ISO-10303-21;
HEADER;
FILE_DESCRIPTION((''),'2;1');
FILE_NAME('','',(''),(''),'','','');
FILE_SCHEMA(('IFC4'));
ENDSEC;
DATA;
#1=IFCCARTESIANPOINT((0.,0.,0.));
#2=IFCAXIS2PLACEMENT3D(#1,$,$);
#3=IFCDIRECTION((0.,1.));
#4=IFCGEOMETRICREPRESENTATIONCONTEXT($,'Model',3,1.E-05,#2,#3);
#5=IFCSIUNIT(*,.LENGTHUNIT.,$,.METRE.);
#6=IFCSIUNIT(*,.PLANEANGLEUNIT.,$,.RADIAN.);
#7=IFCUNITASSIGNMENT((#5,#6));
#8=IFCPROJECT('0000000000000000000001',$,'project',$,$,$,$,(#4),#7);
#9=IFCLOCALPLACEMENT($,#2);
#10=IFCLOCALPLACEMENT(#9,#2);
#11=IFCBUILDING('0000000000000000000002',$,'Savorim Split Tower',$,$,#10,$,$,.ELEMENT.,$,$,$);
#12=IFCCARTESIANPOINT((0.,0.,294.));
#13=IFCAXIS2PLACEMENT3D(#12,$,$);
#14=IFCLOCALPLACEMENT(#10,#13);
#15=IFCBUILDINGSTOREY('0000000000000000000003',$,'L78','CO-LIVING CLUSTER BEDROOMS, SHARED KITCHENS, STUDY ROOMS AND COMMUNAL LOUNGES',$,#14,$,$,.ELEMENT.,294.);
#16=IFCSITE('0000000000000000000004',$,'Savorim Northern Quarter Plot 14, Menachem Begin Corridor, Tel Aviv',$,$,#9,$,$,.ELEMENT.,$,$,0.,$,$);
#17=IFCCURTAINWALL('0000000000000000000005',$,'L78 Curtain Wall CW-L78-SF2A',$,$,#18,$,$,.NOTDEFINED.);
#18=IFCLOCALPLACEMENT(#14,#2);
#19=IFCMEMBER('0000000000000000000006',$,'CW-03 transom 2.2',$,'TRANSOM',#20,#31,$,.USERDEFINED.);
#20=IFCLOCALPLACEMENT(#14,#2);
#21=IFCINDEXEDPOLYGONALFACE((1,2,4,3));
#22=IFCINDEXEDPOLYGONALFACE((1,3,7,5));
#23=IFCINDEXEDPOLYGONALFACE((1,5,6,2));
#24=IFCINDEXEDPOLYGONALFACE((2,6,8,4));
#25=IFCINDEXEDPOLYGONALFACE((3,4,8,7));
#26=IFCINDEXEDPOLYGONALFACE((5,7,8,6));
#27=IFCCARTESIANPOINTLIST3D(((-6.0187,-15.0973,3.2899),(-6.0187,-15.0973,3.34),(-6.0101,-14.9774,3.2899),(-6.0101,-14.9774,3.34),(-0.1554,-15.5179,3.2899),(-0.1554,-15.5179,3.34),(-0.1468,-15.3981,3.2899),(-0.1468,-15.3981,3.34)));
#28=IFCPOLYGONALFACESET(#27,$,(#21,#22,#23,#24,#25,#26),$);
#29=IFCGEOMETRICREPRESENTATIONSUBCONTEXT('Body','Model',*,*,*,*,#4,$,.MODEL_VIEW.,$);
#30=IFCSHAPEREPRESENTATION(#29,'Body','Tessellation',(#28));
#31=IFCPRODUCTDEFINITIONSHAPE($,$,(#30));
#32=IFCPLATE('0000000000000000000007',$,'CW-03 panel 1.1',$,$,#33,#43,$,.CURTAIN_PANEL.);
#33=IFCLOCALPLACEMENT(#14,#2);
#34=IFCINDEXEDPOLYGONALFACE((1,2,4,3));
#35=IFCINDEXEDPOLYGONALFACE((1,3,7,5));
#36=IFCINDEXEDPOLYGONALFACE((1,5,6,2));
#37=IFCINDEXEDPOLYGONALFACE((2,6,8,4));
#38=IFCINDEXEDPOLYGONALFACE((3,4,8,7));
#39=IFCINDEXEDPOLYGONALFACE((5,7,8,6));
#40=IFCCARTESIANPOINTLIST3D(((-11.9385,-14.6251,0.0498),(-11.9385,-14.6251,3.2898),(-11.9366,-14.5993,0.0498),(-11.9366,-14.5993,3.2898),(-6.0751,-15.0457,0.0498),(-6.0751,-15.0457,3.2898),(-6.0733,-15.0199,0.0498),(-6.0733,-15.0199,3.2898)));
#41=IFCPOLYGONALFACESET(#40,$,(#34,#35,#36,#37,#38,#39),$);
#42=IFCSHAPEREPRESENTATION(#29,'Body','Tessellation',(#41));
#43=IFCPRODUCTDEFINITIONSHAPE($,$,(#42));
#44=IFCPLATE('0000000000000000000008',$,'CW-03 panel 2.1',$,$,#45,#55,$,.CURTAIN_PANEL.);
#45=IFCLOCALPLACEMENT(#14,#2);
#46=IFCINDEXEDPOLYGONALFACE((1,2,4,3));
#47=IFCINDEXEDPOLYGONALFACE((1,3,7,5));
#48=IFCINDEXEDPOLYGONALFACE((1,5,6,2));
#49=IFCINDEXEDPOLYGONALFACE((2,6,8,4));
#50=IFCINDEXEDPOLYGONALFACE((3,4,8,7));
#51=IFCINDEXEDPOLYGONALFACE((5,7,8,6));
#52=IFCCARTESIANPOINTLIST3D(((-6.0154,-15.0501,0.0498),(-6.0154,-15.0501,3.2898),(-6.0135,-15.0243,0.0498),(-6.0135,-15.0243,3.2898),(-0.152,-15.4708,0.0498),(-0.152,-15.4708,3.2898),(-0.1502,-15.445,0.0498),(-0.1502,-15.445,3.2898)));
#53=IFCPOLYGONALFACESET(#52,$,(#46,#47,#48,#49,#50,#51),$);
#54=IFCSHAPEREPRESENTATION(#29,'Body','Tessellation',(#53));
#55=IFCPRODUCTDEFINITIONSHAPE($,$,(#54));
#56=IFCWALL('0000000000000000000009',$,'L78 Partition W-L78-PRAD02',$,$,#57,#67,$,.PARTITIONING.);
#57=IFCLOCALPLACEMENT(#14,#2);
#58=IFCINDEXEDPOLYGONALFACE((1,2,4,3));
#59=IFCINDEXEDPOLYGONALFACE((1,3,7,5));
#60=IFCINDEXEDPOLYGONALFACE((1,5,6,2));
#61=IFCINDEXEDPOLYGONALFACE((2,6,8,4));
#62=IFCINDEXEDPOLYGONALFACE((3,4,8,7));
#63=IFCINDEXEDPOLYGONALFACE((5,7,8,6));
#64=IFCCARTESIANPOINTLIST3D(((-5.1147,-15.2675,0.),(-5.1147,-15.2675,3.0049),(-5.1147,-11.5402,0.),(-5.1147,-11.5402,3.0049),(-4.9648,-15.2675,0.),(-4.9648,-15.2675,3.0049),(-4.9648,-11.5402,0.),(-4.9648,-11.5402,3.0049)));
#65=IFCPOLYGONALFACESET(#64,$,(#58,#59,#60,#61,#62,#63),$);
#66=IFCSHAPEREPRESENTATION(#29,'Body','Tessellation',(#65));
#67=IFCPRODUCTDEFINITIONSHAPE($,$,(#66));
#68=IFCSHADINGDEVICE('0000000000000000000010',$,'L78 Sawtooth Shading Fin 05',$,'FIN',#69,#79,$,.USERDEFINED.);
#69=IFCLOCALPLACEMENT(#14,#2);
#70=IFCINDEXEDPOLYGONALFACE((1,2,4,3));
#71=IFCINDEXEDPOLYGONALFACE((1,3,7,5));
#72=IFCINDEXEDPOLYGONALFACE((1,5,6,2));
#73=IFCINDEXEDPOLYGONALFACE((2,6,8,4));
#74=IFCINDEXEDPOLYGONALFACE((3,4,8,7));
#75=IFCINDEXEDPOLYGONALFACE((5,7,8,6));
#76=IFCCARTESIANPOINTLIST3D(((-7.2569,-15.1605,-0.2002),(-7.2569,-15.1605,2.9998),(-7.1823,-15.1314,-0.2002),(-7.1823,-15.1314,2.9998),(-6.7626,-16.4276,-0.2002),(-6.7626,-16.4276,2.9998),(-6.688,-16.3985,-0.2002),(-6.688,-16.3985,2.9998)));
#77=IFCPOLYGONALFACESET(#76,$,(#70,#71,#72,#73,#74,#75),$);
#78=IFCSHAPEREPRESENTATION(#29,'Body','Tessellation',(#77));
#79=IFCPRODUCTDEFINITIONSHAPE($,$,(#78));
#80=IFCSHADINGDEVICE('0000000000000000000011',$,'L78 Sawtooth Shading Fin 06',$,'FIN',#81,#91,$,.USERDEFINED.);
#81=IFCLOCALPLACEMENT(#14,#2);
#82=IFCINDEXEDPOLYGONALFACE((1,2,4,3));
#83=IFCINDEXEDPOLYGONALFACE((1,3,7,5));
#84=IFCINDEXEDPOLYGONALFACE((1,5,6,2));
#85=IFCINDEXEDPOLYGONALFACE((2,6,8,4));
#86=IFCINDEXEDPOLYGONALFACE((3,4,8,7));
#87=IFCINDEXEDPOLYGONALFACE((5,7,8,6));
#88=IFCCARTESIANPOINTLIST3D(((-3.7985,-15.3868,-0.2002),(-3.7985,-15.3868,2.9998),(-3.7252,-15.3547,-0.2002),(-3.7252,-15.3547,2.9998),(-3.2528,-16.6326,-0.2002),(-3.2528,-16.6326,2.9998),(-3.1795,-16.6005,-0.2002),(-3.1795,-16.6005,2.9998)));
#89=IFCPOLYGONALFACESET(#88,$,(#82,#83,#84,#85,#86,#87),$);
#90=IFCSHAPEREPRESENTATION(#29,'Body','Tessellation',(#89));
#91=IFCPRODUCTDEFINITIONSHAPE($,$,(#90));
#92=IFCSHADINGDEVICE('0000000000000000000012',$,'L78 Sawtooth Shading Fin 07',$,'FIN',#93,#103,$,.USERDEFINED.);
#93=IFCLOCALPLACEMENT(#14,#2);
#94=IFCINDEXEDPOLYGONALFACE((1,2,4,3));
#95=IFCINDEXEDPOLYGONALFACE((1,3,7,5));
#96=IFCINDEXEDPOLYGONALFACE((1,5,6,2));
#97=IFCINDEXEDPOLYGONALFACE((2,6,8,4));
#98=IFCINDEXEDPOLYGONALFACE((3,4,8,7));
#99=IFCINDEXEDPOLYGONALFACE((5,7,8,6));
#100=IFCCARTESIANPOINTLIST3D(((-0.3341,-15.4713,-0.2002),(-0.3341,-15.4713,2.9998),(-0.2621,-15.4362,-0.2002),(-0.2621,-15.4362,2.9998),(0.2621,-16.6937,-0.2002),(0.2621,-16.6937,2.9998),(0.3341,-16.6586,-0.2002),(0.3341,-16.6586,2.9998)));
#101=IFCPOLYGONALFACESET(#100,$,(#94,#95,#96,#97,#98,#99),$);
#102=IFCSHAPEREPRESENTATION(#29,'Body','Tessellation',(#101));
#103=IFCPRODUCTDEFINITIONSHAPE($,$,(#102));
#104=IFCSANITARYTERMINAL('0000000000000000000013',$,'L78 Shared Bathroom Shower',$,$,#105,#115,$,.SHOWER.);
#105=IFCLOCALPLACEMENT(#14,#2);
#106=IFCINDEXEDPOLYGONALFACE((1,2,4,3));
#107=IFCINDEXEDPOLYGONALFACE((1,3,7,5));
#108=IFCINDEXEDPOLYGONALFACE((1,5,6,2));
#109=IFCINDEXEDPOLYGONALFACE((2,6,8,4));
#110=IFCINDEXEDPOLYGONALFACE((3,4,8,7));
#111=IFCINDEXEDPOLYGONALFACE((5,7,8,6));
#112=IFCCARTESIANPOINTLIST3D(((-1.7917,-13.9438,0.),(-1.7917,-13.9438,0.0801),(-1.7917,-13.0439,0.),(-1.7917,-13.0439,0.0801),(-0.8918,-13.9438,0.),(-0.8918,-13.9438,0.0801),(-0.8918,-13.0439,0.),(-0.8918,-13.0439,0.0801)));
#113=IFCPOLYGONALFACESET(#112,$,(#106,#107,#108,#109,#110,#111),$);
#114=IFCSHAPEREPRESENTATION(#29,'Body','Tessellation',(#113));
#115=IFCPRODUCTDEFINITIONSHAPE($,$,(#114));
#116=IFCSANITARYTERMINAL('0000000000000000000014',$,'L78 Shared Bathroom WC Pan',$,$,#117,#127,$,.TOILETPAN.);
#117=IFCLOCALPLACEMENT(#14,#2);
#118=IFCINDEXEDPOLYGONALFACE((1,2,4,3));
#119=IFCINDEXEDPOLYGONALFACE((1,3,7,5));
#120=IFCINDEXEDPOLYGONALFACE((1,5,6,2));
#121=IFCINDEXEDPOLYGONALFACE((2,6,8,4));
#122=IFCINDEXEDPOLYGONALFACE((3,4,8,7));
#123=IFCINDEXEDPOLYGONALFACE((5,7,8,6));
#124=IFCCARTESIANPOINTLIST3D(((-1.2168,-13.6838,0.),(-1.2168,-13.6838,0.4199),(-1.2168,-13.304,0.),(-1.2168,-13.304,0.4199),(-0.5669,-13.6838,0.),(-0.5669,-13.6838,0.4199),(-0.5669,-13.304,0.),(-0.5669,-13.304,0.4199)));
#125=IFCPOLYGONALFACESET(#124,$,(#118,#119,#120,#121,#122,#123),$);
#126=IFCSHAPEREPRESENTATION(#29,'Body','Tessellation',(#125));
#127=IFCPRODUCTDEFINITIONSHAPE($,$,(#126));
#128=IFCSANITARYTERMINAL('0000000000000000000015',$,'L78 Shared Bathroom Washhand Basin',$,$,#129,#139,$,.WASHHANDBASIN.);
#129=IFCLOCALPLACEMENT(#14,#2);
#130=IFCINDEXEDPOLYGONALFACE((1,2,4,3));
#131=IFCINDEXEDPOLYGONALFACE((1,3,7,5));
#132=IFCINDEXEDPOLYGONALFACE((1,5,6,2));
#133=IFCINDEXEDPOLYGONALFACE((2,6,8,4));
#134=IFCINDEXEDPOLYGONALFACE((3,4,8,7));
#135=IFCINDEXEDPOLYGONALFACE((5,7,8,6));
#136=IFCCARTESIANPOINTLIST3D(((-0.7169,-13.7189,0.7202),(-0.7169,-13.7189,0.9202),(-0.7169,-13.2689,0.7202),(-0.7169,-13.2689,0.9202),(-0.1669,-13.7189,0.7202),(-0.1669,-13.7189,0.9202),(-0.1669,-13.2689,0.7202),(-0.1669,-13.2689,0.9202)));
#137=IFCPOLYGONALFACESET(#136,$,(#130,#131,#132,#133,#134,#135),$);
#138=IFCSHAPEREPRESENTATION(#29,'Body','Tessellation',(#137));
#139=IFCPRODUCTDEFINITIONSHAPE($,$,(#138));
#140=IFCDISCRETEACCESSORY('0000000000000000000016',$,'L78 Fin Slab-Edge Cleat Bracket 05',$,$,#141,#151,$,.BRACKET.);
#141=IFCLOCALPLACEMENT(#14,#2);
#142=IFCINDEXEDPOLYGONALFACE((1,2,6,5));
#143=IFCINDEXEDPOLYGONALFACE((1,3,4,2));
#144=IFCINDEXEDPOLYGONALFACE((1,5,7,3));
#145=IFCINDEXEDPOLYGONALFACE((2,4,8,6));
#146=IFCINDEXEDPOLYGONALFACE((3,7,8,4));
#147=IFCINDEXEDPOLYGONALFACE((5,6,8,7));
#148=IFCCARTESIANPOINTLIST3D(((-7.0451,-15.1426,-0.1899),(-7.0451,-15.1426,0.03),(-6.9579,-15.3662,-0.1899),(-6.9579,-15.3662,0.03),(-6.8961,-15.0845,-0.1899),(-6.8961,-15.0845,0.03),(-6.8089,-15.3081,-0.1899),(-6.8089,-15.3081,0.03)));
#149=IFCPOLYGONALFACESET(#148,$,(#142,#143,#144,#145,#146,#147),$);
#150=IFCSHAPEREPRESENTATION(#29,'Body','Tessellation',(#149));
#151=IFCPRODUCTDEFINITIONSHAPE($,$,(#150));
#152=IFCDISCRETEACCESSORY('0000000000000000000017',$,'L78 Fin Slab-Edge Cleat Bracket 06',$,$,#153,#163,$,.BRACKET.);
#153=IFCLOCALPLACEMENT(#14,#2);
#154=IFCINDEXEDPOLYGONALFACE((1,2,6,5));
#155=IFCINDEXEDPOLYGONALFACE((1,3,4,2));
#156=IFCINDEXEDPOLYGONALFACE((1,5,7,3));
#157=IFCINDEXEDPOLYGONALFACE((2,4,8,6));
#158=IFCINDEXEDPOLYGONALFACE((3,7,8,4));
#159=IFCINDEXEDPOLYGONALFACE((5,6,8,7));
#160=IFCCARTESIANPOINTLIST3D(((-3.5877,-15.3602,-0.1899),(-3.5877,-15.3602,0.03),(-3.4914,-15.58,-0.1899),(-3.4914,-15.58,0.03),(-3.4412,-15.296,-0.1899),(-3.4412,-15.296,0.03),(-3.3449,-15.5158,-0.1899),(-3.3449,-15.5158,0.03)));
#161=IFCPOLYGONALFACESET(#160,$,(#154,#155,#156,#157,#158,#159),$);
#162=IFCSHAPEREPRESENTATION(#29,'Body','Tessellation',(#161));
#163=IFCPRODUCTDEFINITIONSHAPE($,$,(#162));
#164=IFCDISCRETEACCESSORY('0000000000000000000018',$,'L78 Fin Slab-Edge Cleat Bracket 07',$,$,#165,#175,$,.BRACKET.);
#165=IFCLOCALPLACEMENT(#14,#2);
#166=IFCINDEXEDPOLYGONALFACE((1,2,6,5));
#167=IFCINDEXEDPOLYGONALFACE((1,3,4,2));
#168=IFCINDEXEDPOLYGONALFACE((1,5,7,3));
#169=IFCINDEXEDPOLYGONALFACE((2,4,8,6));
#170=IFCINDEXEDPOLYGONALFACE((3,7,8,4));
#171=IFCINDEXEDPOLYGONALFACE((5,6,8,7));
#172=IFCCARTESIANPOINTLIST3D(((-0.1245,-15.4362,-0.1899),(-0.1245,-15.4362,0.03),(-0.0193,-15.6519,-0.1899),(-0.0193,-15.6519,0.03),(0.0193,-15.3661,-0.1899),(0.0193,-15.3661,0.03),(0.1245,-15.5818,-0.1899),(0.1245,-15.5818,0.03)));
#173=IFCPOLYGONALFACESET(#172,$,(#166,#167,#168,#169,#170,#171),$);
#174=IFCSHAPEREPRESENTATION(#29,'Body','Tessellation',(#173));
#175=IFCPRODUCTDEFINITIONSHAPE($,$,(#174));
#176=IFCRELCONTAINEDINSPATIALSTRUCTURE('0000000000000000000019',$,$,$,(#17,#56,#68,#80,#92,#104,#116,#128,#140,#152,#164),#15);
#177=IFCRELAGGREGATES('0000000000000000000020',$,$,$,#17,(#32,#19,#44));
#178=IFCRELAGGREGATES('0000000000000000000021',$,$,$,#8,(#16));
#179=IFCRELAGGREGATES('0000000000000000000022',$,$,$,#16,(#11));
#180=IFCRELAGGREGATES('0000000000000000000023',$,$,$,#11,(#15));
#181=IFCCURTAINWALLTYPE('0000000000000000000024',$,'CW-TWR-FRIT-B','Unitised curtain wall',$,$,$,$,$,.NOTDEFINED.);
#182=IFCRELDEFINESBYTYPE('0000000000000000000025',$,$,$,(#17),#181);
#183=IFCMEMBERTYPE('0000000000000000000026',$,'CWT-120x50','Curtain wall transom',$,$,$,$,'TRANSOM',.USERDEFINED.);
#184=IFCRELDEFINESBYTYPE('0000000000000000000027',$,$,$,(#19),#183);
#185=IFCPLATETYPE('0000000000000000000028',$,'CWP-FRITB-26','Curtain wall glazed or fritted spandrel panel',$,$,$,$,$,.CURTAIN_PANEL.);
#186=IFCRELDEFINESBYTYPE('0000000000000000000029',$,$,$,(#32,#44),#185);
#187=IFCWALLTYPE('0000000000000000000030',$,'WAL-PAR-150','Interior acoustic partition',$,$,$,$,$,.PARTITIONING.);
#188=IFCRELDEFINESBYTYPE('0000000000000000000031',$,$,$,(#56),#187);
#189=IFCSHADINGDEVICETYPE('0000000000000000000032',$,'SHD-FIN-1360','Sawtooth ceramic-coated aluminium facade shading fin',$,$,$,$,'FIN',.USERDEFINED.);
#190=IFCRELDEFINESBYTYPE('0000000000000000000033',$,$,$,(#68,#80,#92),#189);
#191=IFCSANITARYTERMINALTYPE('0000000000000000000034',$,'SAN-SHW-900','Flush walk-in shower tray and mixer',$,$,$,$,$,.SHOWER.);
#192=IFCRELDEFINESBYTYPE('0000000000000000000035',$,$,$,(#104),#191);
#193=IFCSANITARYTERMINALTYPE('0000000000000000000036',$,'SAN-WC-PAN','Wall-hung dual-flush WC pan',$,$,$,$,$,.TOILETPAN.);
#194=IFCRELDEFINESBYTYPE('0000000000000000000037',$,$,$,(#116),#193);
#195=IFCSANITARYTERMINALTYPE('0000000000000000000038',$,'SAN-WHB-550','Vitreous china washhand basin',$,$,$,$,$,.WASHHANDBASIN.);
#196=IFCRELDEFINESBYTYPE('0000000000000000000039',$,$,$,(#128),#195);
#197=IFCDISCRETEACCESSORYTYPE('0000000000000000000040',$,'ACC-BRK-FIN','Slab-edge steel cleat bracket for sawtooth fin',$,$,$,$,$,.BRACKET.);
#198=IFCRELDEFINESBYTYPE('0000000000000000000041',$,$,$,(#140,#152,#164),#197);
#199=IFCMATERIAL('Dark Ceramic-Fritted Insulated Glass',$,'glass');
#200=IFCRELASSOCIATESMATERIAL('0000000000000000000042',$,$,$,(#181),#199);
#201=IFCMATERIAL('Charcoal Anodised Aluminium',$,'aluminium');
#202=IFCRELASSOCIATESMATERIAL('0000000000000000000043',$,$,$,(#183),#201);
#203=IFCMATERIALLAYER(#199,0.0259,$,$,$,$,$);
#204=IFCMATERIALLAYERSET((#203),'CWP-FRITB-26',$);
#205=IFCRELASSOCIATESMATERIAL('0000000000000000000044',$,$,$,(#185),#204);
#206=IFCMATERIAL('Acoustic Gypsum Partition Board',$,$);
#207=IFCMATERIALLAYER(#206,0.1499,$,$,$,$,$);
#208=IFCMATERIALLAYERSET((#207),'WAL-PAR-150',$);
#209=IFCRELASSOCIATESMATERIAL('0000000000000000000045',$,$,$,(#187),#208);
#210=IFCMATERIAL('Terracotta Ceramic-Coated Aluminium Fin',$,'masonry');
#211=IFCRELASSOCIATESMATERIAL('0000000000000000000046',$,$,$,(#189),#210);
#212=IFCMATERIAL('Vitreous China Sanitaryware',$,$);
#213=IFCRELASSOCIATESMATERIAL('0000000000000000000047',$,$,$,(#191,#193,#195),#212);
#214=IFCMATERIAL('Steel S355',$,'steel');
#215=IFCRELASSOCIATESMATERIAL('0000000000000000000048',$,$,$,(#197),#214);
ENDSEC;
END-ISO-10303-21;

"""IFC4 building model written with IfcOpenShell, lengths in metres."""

from ifc_helpers import new_model, si_unit, direction, frame, frame_2d, origin, origin_2d, place, context, subcontext, project, spatial, rectangle, extrude, material, layer, layer_set, material_profile, profile_set, type_object, element, aggregate, save


model = new_model("IFC4")

# Units and contexts
model_context = context("Model", 3, precision=1e-05, world=origin(), true_north=direction((0.0, 1.0)))
body_context = subcontext(model_context, "Body", "Model", "MODEL_VIEW")
ifc_project = project(units=[si_unit("LENGTHUNIT", "METRE"), si_unit("PLANEANGLEUNIT", "RADIAN")], contexts=[model_context])

# Site, building, storey
site_placement = place(None, origin())
site = spatial("IfcSite", under=ifc_project, at=site_placement, Name="Savorim Northern Quarter Plot 14, Menachem Begin Corridor, Tel Aviv", CompositionType="ELEMENT", RefElevation=0.0)
building_placement = place(site_placement, origin())
building = spatial("IfcBuilding", under=site, at=building_placement, Name="Savorim Split Tower", CompositionType="ELEMENT")
storey_placement = place(building_placement, frame((0.0, 0.0, 294.0)))
storey = spatial("IfcBuildingStorey", under=building, at=storey_placement, Name="L78", Description="CO-LIVING CLUSTER BEDROOMS, SHARED KITCHENS, STUDY ROOMS AND COMMUNAL LOUNGES", CompositionType="ELEMENT", Elevation=294.0)

# Shared definitions
ifc_material_1 = material(Name="Steel S355", Category="steel")

# Curtain wall, member, plates
ifc_material_2 = material(Name="Dark Ceramic-Fritted Insulated Glass", Category="glass")
curtain_wall_type = type_object("IfcCurtainWallType", Name="CW-TWR-FRIT-B", Description="Unitised curtain wall", PredefinedType="NOTDEFINED", material=ifc_material_2)
curtain_wall_placement = place(storey_placement, origin())
curtain_wall = element("IfcCurtainWall", 1, at=curtain_wall_placement, inside=storey, type_object=curtain_wall_type, Name="L78 Curtain Wall CW-L78-SF2A", PredefinedType="NOTDEFINED")
ifc_material_3 = material(Name="Charcoal Anodised Aluminium", Category="aluminium")
ifc_material_profile_1 = material_profile(ifc_material_3, rectangle(XDim=0.1201, YDim=0.05, at=origin_2d()), Name="ALU-T 120x50")
ifc_profile_set_1 = profile_set([ifc_material_profile_1], Name="Charcoal Anodised Aluminium")
member_type_1 = type_object("IfcMemberType", Name="CWT-120x50", Description="Curtain wall transom", ElementType="TRANSOM", PredefinedType="USERDEFINED", material=ifc_profile_set_1)
member_1_placement = place(storey_placement, frame((-6.0144, -15.0374, 3.3149), z_axis=(0.997436, -0.07156, 0.0), x_axis=(0.07156, 0.997436, 0.0)))
member_1 = element("IfcMember", 2, at=member_1_placement, type_object=member_type_1, Name="CW-03 transom 2.2", ObjectType="TRANSOM", PredefinedType="USERDEFINED", context=body_context, shape_type="SweptSolid", body=[
    extrude(rectangle(XDim=0.1201, YDim=0.05, at=origin_2d()), origin(), (0.0, 0.0, 1.0), 5.8784),
])
ifc_layer_1 = layer(ifc_material_2, 0.0259)
ifc_layer_set_1 = layer_set([ifc_layer_1], Name="CWP-FRITB-26")
plate_type = type_object("IfcPlateType", Name="CWP-FRITB-26", Description="Curtain wall glazed or fritted spandrel panel", PredefinedType="CURTAIN_PANEL", material=ifc_layer_set_1)
plate_1_placement = place(storey_placement, frame((-9.0059, -14.8225, 0.0498), z_axis=(0.0, 0.0, 1.0), x_axis=(0.997436, -0.07156, 0.0)))
plate_1 = element("IfcPlate", 3, at=plate_1_placement, type_object=plate_type, Name="CW-03 panel 1.1", PredefinedType="CURTAIN_PANEL", context=body_context, shape_type="SweptSolid", body=[
    extrude(rectangle(XDim=5.8784, YDim=0.0259, at=origin_2d()), origin(), (0.0, 0.0, 1.0), 3.24),
])
plate_2_placement = place(storey_placement, frame((-3.0828, -15.2476, 0.0498), z_axis=(0.0, 0.0, 1.0), x_axis=(0.997436, -0.07156, 0.0)))
plate_2 = element("IfcPlate", 4, at=plate_2_placement, type_object=plate_type, Name="CW-03 panel 2.1", PredefinedType="CURTAIN_PANEL", context=body_context, shape_type="SweptSolid", body=[
    extrude(rectangle(XDim=5.8784, YDim=0.0259, at=origin_2d()), origin(), (0.0, 0.0, 1.0), 3.24),
])
aggregate(curtain_wall, [plate_1, member_1, plate_2])

# Wall
ifc_material_4 = material(Name="Acoustic Gypsum Partition Board")
ifc_layer_2 = layer(ifc_material_4, 0.1499)
ifc_layer_set_2 = layer_set([ifc_layer_2], Name="WAL-PAR-150")
wall_type = type_object("IfcWallType", Name="WAL-PAR-150", Description="Interior acoustic partition", PredefinedType="PARTITIONING", material=ifc_layer_set_2)
wall_placement = place(storey_placement, frame((-5.0398, -11.54, 0.0), z_axis=(0.0, 0.0, 1.0), x_axis=(0.0, -1.0, 0.0)))
element("IfcWall", 5, at=wall_placement, inside=storey, type_object=wall_type, Name="L78 Partition W-L78-PRAD02", PredefinedType="PARTITIONING", context=body_context, shape_type="SweptSolid", body=[
    extrude(rectangle(XDim=3.7273, YDim=0.1499, at=frame_2d((1.8638, 0.0))), origin(), (0.0, 0.0, 1.0), 3.0049),
])

# Shading devices
ifc_material_5 = material(Name="Terracotta Ceramic-Coated Aluminium Fin", Category="masonry")
shading_device_type = type_object("IfcShadingDeviceType", Name="SHD-FIN-1360", Description="Sawtooth ceramic-coated aluminium facade shading fin", ElementType="FIN", PredefinedType="USERDEFINED", material=ifc_material_5)
for number, where, z_axis, x_axis, name in (
    (6, (-6.9724, -15.7795, -0.2002), (0.0, 0.0, 1.0), (0.363415, -0.931627, 0.0), "L78 Sawtooth Shading Fin 05"),
    (7, (-3.489, -15.9937, -0.2002), (0.0, 0.0, 1.0), (0.40123, -0.915977, 0.0), "L78 Sawtooth Shading Fin 06"),
    (8, (0.0, -16.0649, -0.2002), (0.0, 0.0, 1.0), (0.438371, -0.898794, 0.0), "L78 Sawtooth Shading Fin 07"),
):
    element("IfcShadingDevice", number, at=place(storey_placement, frame(where, z_axis=z_axis, x_axis=x_axis)), inside=storey, type_object=shading_device_type, Name=name, ObjectType="FIN", PredefinedType="USERDEFINED", context=body_context, shape_type="SweptSolid", body=[
        extrude(rectangle(XDim=1.3601, YDim=0.0801, at=origin_2d()), origin(), (0.0, 0.0, 1.0), 3.2),
    ])

# Sanitary terminals
ifc_material_6 = material(Name="Vitreous China Sanitaryware")
sanitary_terminal_type_1 = type_object("IfcSanitaryTerminalType", Name="SAN-SHW-900", Description="Flush walk-in shower tray and mixer", PredefinedType="SHOWER", material=ifc_material_6)
sanitary_terminal_1_placement = place(storey_placement, frame((-1.3418, -13.4939, 0.0), z_axis=(0.0, 0.0, 1.0), x_axis=(1.0, 0.0, 0.0)))
element("IfcSanitaryTerminal", 9, at=sanitary_terminal_1_placement, inside=storey, type_object=sanitary_terminal_type_1, Name="L78 Shared Bathroom Shower", PredefinedType="SHOWER", context=body_context, shape_type="SweptSolid", body=[
    extrude(rectangle(XDim=0.8999, YDim=0.8999, at=origin_2d()), origin(), (0.0, 0.0, 1.0), 0.0801),
])
sanitary_terminal_type_2 = type_object("IfcSanitaryTerminalType", Name="SAN-WC-PAN", Description="Wall-hung dual-flush WC pan", PredefinedType="TOILETPAN", material=ifc_material_6)
sanitary_terminal_2_placement = place(storey_placement, frame((-0.8918, -13.4939, 0.0), z_axis=(0.0, 0.0, 1.0), x_axis=(1.0, 0.0, 0.0)))
element("IfcSanitaryTerminal", 10, at=sanitary_terminal_2_placement, inside=storey, type_object=sanitary_terminal_type_2, Name="L78 Shared Bathroom WC Pan", PredefinedType="TOILETPAN", context=body_context, shape_type="SweptSolid", body=[
    extrude(rectangle(XDim=0.6499, YDim=0.3799, at=origin_2d()), origin(), (0.0, 0.0, 1.0), 0.4199),
])
sanitary_terminal_type_3 = type_object("IfcSanitaryTerminalType", Name="SAN-WHB-550", Description="Vitreous china washhand basin", PredefinedType="WASHHANDBASIN", material=ifc_material_6)
sanitary_terminal_3_placement = place(storey_placement, frame((-0.4419, -13.4939, 0.7202), z_axis=(0.0, 0.0, 1.0), x_axis=(1.0, 0.0, 0.0)))
element("IfcSanitaryTerminal", 11, at=sanitary_terminal_3_placement, inside=storey, type_object=sanitary_terminal_type_3, Name="L78 Shared Bathroom Washhand Basin", PredefinedType="WASHHANDBASIN", context=body_context, shape_type="SweptSolid", body=[
    extrude(rectangle(XDim=0.55, YDim=0.45, at=origin_2d()), origin(), (0.0, 0.0, 1.0), 0.2),
])

# Discrete accessories
discrete_accessory_type = type_object("IfcDiscreteAccessoryType", Name="ACC-BRK-FIN", Description="Slab-edge steel cleat bracket for sawtooth fin", PredefinedType="BRACKET", material=ifc_material_1)
for number, where, z_axis, x_axis, name in (
    (12, (-6.927, -15.2253, -0.1899), (0.0, 0.0, 1.0), (0.363415, -0.931627, 0.0), "L78 Fin Slab-Edge Cleat Bracket 05"),
    (13, (-3.4663, -15.438, -0.1899), (0.0, 0.0, 1.0), (0.40123, -0.915977, 0.0), "L78 Fin Slab-Edge Cleat Bracket 06"),
    (14, (0.0, -15.509, -0.1899), (0.0, 0.0, 1.0), (0.438371, -0.898794, 0.0), "L78 Fin Slab-Edge Cleat Bracket 07"),
):
    element("IfcDiscreteAccessory", number, at=place(storey_placement, frame(where, z_axis=z_axis, x_axis=x_axis)), inside=storey, type_object=discrete_accessory_type, Name=name, PredefinedType="BRACKET", context=body_context, shape_type="SweptSolid", body=[
        extrude(rectangle(XDim=0.24, YDim=0.1599, at=origin_2d()), origin(), (0.0, 0.0, 1.0), 0.22),
    ])

save(model, "model.ifc")
